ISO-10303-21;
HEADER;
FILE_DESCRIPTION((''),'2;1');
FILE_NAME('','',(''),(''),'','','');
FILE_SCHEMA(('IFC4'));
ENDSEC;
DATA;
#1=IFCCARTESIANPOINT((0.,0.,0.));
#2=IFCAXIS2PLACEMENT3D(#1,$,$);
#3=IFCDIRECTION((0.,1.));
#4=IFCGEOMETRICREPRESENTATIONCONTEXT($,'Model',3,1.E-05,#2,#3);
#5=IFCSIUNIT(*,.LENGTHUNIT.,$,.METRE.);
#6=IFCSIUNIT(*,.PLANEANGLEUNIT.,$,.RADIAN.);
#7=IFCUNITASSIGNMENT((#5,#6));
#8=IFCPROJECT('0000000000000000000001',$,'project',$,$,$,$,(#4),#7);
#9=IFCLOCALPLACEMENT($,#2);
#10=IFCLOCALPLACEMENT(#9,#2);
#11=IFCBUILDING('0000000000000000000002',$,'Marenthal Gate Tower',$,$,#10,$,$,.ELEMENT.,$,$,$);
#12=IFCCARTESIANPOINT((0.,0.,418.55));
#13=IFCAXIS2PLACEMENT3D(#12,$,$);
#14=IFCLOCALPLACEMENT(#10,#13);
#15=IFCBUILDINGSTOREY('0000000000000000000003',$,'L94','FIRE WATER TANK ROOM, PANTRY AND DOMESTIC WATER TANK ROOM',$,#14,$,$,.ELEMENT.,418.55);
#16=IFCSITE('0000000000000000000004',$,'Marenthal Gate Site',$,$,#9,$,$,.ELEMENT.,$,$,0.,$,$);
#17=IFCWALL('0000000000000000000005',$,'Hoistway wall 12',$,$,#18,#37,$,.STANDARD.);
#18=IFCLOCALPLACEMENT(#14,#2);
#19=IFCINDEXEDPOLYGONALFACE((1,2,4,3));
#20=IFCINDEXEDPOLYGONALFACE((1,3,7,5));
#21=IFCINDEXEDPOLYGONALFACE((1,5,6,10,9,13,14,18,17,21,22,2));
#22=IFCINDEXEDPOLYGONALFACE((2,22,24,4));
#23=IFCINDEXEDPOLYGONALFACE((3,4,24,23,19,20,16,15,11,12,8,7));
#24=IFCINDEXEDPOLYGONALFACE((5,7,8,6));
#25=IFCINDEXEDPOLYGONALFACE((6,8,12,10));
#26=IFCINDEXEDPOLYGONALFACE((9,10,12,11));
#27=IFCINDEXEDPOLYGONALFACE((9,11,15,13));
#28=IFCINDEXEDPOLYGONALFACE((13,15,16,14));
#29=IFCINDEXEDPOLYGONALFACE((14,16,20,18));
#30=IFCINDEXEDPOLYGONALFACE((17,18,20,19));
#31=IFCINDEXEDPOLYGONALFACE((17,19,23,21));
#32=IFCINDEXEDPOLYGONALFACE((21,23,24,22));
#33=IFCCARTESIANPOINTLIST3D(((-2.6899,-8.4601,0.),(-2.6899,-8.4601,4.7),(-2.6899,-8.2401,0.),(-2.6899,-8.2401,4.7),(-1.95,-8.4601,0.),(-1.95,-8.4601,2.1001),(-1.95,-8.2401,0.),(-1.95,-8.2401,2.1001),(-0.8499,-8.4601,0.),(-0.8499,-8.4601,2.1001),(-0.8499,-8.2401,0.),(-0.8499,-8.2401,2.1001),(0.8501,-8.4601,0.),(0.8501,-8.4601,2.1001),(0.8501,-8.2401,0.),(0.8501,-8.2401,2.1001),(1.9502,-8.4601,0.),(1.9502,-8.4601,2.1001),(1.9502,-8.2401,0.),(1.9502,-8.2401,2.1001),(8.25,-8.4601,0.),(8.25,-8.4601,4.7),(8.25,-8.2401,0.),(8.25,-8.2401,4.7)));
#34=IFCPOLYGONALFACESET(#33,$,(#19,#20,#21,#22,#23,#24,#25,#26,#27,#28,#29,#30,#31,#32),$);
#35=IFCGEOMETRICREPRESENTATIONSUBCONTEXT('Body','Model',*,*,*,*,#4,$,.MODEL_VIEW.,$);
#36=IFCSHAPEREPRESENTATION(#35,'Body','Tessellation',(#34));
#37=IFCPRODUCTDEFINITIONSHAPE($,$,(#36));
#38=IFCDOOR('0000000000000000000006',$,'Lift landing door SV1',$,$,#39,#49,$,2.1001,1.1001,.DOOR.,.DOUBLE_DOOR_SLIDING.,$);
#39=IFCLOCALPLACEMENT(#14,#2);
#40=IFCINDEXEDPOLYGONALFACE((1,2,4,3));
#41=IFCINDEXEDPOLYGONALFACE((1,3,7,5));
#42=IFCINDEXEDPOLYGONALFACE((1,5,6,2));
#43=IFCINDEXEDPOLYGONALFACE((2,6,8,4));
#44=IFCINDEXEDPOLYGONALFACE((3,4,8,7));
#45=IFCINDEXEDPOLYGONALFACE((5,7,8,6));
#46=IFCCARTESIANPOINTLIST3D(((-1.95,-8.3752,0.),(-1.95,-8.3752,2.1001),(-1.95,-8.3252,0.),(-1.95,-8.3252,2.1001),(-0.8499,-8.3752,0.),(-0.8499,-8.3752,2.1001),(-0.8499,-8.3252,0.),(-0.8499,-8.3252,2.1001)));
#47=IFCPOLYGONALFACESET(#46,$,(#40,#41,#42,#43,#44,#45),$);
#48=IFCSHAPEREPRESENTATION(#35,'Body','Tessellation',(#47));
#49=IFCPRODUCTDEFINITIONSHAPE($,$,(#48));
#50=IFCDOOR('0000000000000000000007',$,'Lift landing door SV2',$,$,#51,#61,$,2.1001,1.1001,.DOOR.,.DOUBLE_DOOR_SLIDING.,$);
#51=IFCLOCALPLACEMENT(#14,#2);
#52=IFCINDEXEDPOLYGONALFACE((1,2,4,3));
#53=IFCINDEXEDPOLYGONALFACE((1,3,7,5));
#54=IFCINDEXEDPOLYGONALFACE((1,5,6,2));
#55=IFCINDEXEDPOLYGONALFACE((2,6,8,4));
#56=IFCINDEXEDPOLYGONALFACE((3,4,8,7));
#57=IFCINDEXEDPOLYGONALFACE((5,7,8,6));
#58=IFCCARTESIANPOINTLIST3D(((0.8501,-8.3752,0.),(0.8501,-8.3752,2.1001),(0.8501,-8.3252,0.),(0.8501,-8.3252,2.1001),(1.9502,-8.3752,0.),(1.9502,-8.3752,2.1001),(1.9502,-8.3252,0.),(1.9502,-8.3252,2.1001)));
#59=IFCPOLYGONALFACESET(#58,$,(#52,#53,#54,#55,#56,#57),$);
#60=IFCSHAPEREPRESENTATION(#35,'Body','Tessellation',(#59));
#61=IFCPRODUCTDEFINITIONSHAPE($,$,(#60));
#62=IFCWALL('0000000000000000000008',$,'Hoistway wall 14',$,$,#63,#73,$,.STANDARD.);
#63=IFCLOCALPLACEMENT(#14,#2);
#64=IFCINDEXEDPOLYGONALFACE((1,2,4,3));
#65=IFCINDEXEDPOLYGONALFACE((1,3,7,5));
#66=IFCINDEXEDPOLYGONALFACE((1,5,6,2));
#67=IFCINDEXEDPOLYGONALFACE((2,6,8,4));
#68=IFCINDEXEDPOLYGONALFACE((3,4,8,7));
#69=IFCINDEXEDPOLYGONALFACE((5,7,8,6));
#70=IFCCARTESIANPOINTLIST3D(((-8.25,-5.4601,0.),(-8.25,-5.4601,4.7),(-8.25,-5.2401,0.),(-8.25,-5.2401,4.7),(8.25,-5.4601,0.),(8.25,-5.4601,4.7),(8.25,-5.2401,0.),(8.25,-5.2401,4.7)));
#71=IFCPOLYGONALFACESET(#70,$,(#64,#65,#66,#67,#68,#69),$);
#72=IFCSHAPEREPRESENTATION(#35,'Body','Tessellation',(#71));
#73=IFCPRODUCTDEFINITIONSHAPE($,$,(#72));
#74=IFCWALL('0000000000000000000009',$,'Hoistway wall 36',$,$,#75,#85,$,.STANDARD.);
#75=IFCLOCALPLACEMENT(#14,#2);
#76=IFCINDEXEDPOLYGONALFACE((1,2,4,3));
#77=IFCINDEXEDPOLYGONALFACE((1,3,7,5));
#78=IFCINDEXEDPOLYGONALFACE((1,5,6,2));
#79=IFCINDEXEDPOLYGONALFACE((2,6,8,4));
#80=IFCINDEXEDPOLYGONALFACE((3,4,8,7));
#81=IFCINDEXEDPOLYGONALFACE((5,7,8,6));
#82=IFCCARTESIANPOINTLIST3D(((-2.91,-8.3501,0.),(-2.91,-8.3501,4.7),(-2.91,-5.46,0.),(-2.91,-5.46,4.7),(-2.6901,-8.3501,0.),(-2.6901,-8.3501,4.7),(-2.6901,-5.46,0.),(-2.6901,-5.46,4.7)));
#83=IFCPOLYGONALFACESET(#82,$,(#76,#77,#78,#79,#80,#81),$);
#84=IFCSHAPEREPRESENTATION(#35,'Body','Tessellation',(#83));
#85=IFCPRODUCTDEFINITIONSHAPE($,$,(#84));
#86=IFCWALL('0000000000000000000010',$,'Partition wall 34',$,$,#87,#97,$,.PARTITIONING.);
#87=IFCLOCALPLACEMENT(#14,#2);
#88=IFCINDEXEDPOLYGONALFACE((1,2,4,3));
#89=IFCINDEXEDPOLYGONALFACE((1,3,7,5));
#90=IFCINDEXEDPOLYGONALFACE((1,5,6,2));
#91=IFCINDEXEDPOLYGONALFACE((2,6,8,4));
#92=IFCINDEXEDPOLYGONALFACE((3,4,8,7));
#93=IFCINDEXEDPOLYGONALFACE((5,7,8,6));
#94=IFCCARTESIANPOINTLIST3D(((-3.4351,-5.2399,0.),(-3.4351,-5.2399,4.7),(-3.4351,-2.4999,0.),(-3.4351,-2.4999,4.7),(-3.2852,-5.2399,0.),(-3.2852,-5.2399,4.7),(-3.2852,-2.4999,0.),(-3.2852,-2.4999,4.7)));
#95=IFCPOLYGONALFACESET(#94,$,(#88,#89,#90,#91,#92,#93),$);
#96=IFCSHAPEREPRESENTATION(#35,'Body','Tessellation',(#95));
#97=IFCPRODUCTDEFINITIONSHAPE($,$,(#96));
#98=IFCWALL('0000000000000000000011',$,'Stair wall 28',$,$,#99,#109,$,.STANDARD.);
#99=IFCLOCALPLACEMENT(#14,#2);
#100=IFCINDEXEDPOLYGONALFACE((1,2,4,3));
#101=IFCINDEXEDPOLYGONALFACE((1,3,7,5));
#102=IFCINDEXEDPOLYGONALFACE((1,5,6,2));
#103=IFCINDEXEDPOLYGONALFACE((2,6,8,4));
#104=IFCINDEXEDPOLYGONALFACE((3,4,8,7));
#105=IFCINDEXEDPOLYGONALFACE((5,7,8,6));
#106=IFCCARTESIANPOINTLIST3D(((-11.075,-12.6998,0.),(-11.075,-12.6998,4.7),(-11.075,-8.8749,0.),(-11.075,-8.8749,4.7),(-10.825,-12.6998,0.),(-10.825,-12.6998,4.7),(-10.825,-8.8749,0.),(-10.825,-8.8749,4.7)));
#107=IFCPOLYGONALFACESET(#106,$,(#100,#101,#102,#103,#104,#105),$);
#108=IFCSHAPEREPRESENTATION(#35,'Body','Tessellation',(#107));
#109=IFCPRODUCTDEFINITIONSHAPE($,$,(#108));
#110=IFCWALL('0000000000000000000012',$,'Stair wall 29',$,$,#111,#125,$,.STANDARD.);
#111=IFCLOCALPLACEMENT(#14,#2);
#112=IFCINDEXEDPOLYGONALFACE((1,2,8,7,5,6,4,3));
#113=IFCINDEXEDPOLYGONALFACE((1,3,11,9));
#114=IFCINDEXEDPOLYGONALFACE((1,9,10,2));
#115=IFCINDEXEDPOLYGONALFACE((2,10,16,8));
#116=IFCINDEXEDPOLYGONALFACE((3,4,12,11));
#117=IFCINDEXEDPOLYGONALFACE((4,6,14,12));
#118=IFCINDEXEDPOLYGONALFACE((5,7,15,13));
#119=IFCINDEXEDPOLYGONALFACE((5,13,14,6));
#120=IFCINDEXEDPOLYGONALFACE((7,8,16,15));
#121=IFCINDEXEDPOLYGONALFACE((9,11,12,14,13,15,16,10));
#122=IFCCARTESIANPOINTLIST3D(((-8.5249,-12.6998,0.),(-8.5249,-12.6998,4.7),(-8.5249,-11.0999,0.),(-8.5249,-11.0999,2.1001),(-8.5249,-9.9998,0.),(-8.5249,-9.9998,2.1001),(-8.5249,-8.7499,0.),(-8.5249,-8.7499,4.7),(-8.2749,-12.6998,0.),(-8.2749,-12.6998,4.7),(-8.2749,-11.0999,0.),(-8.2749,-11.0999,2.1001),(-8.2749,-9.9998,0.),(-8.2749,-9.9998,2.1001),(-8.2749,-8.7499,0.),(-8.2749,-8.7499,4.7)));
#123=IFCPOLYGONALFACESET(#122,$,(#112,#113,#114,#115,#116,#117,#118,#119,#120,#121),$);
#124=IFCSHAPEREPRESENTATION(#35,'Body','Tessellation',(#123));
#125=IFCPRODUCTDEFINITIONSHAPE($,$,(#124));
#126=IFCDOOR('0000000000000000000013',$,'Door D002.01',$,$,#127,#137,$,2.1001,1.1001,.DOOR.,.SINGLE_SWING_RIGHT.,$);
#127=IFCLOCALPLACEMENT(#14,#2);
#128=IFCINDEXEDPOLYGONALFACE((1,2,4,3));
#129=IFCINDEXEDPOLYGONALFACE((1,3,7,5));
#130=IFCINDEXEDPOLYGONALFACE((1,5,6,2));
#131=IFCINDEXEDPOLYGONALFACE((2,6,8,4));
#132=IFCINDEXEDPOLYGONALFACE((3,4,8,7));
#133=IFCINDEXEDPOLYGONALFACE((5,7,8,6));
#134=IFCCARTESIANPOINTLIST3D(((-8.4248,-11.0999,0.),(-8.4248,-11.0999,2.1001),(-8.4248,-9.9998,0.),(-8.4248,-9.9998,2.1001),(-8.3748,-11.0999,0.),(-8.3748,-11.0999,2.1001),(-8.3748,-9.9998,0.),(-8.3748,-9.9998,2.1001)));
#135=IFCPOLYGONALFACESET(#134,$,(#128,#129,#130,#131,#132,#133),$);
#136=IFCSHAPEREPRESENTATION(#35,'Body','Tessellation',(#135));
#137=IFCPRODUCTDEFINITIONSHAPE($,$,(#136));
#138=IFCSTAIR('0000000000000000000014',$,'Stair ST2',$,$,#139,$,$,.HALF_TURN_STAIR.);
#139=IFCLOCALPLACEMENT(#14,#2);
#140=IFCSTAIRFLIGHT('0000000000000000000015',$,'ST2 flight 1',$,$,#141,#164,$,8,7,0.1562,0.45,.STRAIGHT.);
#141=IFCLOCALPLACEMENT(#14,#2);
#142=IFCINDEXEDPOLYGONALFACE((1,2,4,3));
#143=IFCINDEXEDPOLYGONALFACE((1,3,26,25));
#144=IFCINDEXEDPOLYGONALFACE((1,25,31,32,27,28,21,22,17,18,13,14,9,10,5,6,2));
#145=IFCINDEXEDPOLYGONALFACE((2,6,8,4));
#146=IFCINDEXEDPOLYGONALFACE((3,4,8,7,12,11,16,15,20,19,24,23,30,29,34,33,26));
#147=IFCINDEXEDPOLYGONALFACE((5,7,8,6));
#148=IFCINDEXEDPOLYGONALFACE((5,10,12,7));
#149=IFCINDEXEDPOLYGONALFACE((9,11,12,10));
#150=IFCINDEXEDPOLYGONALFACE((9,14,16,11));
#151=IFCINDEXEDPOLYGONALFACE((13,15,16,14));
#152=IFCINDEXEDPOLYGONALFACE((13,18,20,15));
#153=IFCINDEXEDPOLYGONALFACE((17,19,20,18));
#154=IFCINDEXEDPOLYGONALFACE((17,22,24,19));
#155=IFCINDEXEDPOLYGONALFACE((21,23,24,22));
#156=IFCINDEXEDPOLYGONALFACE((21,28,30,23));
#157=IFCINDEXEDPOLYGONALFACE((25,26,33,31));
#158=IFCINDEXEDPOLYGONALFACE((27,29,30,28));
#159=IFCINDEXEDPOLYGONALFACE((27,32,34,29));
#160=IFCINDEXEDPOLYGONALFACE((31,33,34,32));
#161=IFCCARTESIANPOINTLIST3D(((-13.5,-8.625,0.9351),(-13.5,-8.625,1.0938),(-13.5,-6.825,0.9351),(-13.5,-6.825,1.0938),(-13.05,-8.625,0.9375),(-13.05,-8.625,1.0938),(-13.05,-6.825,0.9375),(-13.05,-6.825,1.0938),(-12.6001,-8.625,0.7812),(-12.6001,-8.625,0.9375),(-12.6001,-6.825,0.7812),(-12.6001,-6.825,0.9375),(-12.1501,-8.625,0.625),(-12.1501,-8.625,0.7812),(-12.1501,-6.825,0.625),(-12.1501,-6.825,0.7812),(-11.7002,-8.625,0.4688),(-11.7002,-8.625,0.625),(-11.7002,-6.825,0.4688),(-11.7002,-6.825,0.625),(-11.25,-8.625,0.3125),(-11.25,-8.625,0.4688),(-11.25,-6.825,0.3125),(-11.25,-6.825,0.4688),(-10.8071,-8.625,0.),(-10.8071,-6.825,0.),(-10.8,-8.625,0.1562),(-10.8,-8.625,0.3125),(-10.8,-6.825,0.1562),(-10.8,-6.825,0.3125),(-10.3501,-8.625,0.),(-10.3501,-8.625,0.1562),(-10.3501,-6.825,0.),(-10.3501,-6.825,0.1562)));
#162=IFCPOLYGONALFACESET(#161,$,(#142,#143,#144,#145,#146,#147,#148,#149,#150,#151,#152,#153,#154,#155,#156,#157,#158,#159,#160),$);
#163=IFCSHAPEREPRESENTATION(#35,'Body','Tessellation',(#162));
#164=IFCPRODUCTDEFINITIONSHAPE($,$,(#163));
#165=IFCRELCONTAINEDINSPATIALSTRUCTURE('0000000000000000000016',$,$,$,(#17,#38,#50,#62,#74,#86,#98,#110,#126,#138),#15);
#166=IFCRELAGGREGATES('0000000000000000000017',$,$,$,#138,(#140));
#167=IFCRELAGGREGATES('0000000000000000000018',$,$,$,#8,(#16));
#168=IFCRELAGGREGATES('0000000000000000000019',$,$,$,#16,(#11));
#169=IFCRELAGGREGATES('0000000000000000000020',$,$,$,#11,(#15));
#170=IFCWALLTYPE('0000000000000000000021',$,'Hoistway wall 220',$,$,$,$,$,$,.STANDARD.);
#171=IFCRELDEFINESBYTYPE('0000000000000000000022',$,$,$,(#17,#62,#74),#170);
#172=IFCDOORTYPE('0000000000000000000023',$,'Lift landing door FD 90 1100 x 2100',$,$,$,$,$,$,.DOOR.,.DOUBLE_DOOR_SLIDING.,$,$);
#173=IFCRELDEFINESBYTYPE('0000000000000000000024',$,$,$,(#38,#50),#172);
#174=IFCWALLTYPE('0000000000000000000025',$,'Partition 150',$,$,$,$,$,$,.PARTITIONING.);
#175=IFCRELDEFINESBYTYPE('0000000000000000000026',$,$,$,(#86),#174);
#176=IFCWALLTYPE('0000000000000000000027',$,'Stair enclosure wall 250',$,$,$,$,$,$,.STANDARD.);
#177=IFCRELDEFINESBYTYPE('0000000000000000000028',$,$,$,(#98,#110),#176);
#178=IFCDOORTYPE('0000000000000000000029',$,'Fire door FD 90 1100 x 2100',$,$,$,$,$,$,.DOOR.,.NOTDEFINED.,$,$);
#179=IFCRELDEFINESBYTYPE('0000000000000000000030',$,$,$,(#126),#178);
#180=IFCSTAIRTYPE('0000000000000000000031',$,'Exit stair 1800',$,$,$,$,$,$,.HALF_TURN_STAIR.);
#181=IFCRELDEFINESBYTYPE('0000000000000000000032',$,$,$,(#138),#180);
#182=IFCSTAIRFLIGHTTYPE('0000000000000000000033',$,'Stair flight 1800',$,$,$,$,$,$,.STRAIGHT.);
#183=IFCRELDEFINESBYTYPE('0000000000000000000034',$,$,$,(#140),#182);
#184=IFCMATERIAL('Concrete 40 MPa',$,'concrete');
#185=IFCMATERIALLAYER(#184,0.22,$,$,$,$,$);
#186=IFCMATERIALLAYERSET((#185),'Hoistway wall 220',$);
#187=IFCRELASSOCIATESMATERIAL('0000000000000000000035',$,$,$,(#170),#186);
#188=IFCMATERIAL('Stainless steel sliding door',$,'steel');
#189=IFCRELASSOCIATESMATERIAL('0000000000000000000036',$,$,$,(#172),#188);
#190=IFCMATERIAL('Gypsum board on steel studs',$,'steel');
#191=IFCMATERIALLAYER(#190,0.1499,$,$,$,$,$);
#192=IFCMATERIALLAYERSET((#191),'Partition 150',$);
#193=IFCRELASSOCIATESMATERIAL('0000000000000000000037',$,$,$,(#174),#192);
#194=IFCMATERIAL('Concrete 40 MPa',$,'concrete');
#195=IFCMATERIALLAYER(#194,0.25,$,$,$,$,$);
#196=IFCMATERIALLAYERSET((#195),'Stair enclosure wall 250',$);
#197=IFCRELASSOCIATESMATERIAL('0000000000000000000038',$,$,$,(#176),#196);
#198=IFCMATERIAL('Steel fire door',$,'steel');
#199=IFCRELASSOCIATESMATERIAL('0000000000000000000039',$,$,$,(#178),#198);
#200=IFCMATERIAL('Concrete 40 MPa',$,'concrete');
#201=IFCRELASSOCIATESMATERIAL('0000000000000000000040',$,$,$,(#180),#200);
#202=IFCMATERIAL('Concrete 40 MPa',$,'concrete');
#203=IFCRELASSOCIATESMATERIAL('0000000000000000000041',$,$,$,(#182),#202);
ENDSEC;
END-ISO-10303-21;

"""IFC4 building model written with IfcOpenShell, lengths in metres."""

from ifc_helpers import new_model, si_unit, direction, frame, frame_2d, origin, place, context, subcontext, project, spatial, polyline, rectangle, outline, extrude, material, layer, layer_set, type_object, element, fill, aggregate, save


model = new_model("IFC4")

# Units and contexts
model_context = context("Model", 3, precision=1e-05, world=origin(), true_north=direction((0.0, 1.0)))
body_context = subcontext(model_context, "Body", "Model", "MODEL_VIEW")
ifc_project = project(units=[si_unit("LENGTHUNIT", "METRE"), si_unit("PLANEANGLEUNIT", "RADIAN")], contexts=[model_context])

# Site, building, storey
site_placement = place(None, origin())
site = spatial("IfcSite", under=ifc_project, at=site_placement, Name="Marenthal Gate Site", CompositionType="ELEMENT", RefElevation=0.0)
building_placement = place(site_placement, origin())
building = spatial("IfcBuilding", under=site, at=building_placement, Name="Marenthal Gate Tower", CompositionType="ELEMENT")
storey_placement = place(building_placement, frame((0.0, 0.0, 418.55)))
storey = spatial("IfcBuildingStorey", under=building, at=storey_placement, Name="L94", Description="FIRE WATER TANK ROOM, PANTRY AND DOMESTIC WATER TANK ROOM", CompositionType="ELEMENT", Elevation=418.55)

# Wall, openings, doors
ifc_material_1 = material(Name="Concrete 40 MPa", Category="concrete")
ifc_layer_1 = layer(ifc_material_1, 0.22)
ifc_layer_set_1 = layer_set([ifc_layer_1], Name="Hoistway wall 220")
wall_type_1 = type_object("IfcWallType", Name="Hoistway wall 220", PredefinedType="STANDARD", material=ifc_layer_set_1)
ifc_material_2 = material(Name="Stainless steel sliding door", Category="steel")
door_type_1 = type_object("IfcDoorType", Name="Lift landing door FD 90 1100 x 2100", OperationType="DOUBLE_DOOR_SLIDING", PredefinedType="DOOR", material=ifc_material_2)
wall_1_placement = place(storey_placement, frame((-2.6899, -8.3501, 0.0), z_axis=(0.0, 0.0, 1.0), x_axis=(1.0, 0.0, 0.0)))
wall_1 = element("IfcWall", 1, at=wall_1_placement, inside=storey, type_object=wall_type_1, Name="Hoistway wall 12", PredefinedType="STANDARD", context=body_context, shape_type="SweptSolid", body=[
    extrude(rectangle(XDim=10.9399, YDim=0.22, at=frame_2d((5.47, 0.0))), origin(), (0.0, 0.0, 1.0), 4.7),
])
opening_1_placement = place(wall_1_placement, frame((0.74, 0.0, 0.0)))
opening_1 = element("IfcOpeningElement", 2, at=opening_1_placement, cuts=wall_1, PredefinedType="OPENING", context=body_context, shape_type="SweptSolid", body=[
    extrude(rectangle(XDim=1.1001, YDim=2.1001, at=frame_2d((0.55, 1.05))), frame((0.0, 0.1201, 0.0), z_axis=(0.0, -1.0, 0.0), x_axis=(1.0, 0.0, 0.0)), (0.0, 0.0, 1.0), 0.24),
])
opening_2_placement = place(wall_1_placement, frame((3.54, 0.0, 0.0)))
opening_2 = element("IfcOpeningElement", 3, at=opening_2_placement, cuts=wall_1, PredefinedType="OPENING", context=body_context, shape_type="SweptSolid", body=[
    extrude(rectangle(XDim=1.1001, YDim=2.1001, at=frame_2d((0.55, 1.05))), frame((0.0, 0.1201, 0.0), z_axis=(0.0, -1.0, 0.0), x_axis=(1.0, 0.0, 0.0)), (0.0, 0.0, 1.0), 0.24),
])
door_1_placement = place(opening_1_placement, origin())
door_1 = element("IfcDoor", 4, at=door_1_placement, inside=storey, type_object=door_type_1, Name="Lift landing door SV1", OperationType="DOUBLE_DOOR_SLIDING", OverallHeight=2.1001, OverallWidth=1.1001, PredefinedType="DOOR", context=body_context, shape_type="SweptSolid", body=[
    extrude(rectangle(XDim=1.1001, YDim=2.1001, at=frame_2d((0.55, 1.05))), frame((0.0, 0.0249, 0.0), z_axis=(0.0, -1.0, 0.0), x_axis=(1.0, 0.0, 0.0)), (0.0, 0.0, 1.0), 0.05),
])
fill(opening_1, door_1)
door_2_placement = place(opening_2_placement, origin())
door_2 = element("IfcDoor", 5, at=door_2_placement, inside=storey, type_object=door_type_1, Name="Lift landing door SV2", OperationType="DOUBLE_DOOR_SLIDING", OverallHeight=2.1001, OverallWidth=1.1001, PredefinedType="DOOR", context=body_context, shape_type="SweptSolid", body=[
    extrude(rectangle(XDim=1.1001, YDim=2.1001, at=frame_2d((0.55, 1.05))), frame((0.0, 0.0249, 0.0), z_axis=(0.0, -1.0, 0.0), x_axis=(1.0, 0.0, 0.0)), (0.0, 0.0, 1.0), 0.05),
])
fill(opening_2, door_2)

# Walls
wall_2_placement = place(storey_placement, frame((-8.25, -5.3501, 0.0), z_axis=(0.0, 0.0, 1.0), x_axis=(1.0, 0.0, 0.0)))
element("IfcWall", 6, at=wall_2_placement, inside=storey, type_object=wall_type_1, Name="Hoistway wall 14", PredefinedType="STANDARD", context=body_context, shape_type="SweptSolid", body=[
    extrude(rectangle(XDim=16.5, YDim=0.22, at=frame_2d((8.25, 0.0))), origin(), (0.0, 0.0, 1.0), 4.7),
])
wall_3_placement = place(storey_placement, frame((-2.8, -8.3501, 0.0), z_axis=(0.0, 0.0, 1.0), x_axis=(0.0, 1.0, 0.0)))
element("IfcWall", 7, at=wall_3_placement, inside=storey, type_object=wall_type_1, Name="Hoistway wall 36", PredefinedType="STANDARD", context=body_context, shape_type="SweptSolid", body=[
    extrude(rectangle(XDim=2.8901, YDim=0.22, at=frame_2d((1.4451, 0.0))), origin(), (0.0, 0.0, 1.0), 4.7),
])
ifc_material_3 = material(Name="Gypsum board on steel studs", Category="steel")
ifc_layer_2 = layer(ifc_material_3, 0.1499)
ifc_layer_set_2 = layer_set([ifc_layer_2], Name="Partition 150")
wall_type_2 = type_object("IfcWallType", Name="Partition 150", PredefinedType="PARTITIONING", material=ifc_layer_set_2)
wall_4_placement = place(storey_placement, frame((-3.3601, -5.24, 0.0), z_axis=(0.0, 0.0, 1.0), x_axis=(0.0, 1.0, 0.0)))
element("IfcWall", 8, at=wall_4_placement, inside=storey, type_object=wall_type_2, Name="Partition wall 34", PredefinedType="PARTITIONING", context=body_context, shape_type="SweptSolid", body=[
    extrude(rectangle(XDim=2.74, YDim=0.1499, at=frame_2d((1.3701, 0.0))), origin(), (0.0, 0.0, 1.0), 4.7),
])
ifc_material_4 = material(Name="Concrete 40 MPa", Category="concrete")
ifc_layer_3 = layer(ifc_material_4, 0.25)
ifc_layer_set_3 = layer_set([ifc_layer_3], Name="Stair enclosure wall 250")
wall_type_3 = type_object("IfcWallType", Name="Stair enclosure wall 250", PredefinedType="STANDARD", material=ifc_layer_set_3)
wall_5_placement = place(storey_placement, frame((-10.95, -12.7, 0.0), z_axis=(0.0, 0.0, 1.0), x_axis=(0.0, 1.0, 0.0)))
element("IfcWall", 9, at=wall_5_placement, inside=storey, type_object=wall_type_3, Name="Stair wall 28", PredefinedType="STANDARD", context=body_context, shape_type="SweptSolid", body=[
    extrude(rectangle(XDim=3.825, YDim=0.25, at=frame_2d((1.9126, 0.0))), origin(), (0.0, 0.0, 1.0), 4.7),
])

# Wall, opening, door
wall_6_placement = place(storey_placement, frame((-8.3999, -12.7, 0.0), z_axis=(0.0, 0.0, 1.0), x_axis=(0.0, 1.0, 0.0)))
wall_6 = element("IfcWall", 10, at=wall_6_placement, inside=storey, type_object=wall_type_3, Name="Stair wall 29", PredefinedType="STANDARD", context=body_context, shape_type="SweptSolid", body=[
    extrude(rectangle(XDim=3.95, YDim=0.25, at=frame_2d((1.9751, 0.0))), origin(), (0.0, 0.0, 1.0), 4.7),
])
opening_3_placement = place(wall_6_placement, frame((1.6001, 0.0, 0.0)))
opening_3 = element("IfcOpeningElement", 11, at=opening_3_placement, cuts=wall_6, PredefinedType="OPENING", context=body_context, shape_type="SweptSolid", body=[
    extrude(rectangle(XDim=1.1001, YDim=2.1001, at=frame_2d((0.55, 1.05))), frame((0.0, 0.135, 0.0), z_axis=(0.0, -1.0, 0.0), x_axis=(1.0, 0.0, 0.0)), (0.0, 0.0, 1.0), 0.27),
])
ifc_material_5 = material(Name="Steel fire door", Category="steel")
door_type_2 = type_object("IfcDoorType", Name="Fire door FD 90 1100 x 2100", OperationType="NOTDEFINED", PredefinedType="DOOR", material=ifc_material_5)
door_3_placement = place(opening_3_placement, origin())
door_3 = element("IfcDoor", 12, at=door_3_placement, inside=storey, type_object=door_type_2, Name="Door D002.01", OperationType="SINGLE_SWING_RIGHT", OverallHeight=2.1001, OverallWidth=1.1001, PredefinedType="DOOR", context=body_context, shape_type="SweptSolid", body=[
    extrude(rectangle(XDim=1.1001, YDim=2.1001, at=frame_2d((0.55, 1.05))), frame((0.0, 0.0249, 0.0), z_axis=(0.0, -1.0, 0.0), x_axis=(1.0, 0.0, 0.0)), (0.0, 0.0, 1.0), 0.05),
])
fill(opening_3, door_3)

# Stair, stair flight
ifc_material_6 = material(Name="Concrete 40 MPa", Category="concrete")
stair_type = type_object("IfcStairType", Name="Exit stair 1800", PredefinedType="HALF_TURN_STAIR", material=ifc_material_6)
stair_placement = place(storey_placement, origin())
stair = element("IfcStair", 13, at=stair_placement, inside=storey, type_object=stair_type, Name="Stair ST2", PredefinedType="HALF_TURN_STAIR")
ifc_material_7 = material(Name="Concrete 40 MPa", Category="concrete")
stair_flight_type = type_object("IfcStairFlightType", Name="Stair flight 1800", PredefinedType="STRAIGHT", material=ifc_material_7)
stair_flight_1_placement = place(storey_placement, frame((-10.3501, -7.7251, 0.0), z_axis=(0.0, 0.0, 1.0), x_axis=(-1.0, 0.0, 0.0)))
stair_flight_1 = element("IfcStairFlight", 14, at=stair_flight_1_placement, type_object=stair_flight_type, Name="ST2 flight 1", NumberOfRisers=8, NumberOfTreads=7, PredefinedType="STRAIGHT", RiserHeight=0.1562, TreadLength=0.45, context=body_context, shape_type="SweptSolid", body=[
    extrude(outline(polyline([(0.0, 0.0), (0.0, 0.1562), (0.45, 0.1562), (0.45, 0.3125), (0.8999, 0.3125), (0.8999, 0.4688), (1.3501, 0.4688), (1.3501, 0.625), (1.8, 0.625), (1.8, 0.7812), (2.25, 0.7812), (2.25, 0.9375), (2.7, 0.9375), (2.7, 1.0938), (3.1499, 1.0938), (3.1499, 1.25), (3.1499, 0.9351), (0.457, 0.0), (0.0, 0.0)])), frame((0.0, 0.8999, 0.0), z_axis=(0.0, -1.0, 0.0), x_axis=(1.0, 0.0, 0.0)), (0.0, 0.0, 1.0), 1.8),
])
aggregate(stair, [stair_flight_1])

save(model, "model.ifc")
